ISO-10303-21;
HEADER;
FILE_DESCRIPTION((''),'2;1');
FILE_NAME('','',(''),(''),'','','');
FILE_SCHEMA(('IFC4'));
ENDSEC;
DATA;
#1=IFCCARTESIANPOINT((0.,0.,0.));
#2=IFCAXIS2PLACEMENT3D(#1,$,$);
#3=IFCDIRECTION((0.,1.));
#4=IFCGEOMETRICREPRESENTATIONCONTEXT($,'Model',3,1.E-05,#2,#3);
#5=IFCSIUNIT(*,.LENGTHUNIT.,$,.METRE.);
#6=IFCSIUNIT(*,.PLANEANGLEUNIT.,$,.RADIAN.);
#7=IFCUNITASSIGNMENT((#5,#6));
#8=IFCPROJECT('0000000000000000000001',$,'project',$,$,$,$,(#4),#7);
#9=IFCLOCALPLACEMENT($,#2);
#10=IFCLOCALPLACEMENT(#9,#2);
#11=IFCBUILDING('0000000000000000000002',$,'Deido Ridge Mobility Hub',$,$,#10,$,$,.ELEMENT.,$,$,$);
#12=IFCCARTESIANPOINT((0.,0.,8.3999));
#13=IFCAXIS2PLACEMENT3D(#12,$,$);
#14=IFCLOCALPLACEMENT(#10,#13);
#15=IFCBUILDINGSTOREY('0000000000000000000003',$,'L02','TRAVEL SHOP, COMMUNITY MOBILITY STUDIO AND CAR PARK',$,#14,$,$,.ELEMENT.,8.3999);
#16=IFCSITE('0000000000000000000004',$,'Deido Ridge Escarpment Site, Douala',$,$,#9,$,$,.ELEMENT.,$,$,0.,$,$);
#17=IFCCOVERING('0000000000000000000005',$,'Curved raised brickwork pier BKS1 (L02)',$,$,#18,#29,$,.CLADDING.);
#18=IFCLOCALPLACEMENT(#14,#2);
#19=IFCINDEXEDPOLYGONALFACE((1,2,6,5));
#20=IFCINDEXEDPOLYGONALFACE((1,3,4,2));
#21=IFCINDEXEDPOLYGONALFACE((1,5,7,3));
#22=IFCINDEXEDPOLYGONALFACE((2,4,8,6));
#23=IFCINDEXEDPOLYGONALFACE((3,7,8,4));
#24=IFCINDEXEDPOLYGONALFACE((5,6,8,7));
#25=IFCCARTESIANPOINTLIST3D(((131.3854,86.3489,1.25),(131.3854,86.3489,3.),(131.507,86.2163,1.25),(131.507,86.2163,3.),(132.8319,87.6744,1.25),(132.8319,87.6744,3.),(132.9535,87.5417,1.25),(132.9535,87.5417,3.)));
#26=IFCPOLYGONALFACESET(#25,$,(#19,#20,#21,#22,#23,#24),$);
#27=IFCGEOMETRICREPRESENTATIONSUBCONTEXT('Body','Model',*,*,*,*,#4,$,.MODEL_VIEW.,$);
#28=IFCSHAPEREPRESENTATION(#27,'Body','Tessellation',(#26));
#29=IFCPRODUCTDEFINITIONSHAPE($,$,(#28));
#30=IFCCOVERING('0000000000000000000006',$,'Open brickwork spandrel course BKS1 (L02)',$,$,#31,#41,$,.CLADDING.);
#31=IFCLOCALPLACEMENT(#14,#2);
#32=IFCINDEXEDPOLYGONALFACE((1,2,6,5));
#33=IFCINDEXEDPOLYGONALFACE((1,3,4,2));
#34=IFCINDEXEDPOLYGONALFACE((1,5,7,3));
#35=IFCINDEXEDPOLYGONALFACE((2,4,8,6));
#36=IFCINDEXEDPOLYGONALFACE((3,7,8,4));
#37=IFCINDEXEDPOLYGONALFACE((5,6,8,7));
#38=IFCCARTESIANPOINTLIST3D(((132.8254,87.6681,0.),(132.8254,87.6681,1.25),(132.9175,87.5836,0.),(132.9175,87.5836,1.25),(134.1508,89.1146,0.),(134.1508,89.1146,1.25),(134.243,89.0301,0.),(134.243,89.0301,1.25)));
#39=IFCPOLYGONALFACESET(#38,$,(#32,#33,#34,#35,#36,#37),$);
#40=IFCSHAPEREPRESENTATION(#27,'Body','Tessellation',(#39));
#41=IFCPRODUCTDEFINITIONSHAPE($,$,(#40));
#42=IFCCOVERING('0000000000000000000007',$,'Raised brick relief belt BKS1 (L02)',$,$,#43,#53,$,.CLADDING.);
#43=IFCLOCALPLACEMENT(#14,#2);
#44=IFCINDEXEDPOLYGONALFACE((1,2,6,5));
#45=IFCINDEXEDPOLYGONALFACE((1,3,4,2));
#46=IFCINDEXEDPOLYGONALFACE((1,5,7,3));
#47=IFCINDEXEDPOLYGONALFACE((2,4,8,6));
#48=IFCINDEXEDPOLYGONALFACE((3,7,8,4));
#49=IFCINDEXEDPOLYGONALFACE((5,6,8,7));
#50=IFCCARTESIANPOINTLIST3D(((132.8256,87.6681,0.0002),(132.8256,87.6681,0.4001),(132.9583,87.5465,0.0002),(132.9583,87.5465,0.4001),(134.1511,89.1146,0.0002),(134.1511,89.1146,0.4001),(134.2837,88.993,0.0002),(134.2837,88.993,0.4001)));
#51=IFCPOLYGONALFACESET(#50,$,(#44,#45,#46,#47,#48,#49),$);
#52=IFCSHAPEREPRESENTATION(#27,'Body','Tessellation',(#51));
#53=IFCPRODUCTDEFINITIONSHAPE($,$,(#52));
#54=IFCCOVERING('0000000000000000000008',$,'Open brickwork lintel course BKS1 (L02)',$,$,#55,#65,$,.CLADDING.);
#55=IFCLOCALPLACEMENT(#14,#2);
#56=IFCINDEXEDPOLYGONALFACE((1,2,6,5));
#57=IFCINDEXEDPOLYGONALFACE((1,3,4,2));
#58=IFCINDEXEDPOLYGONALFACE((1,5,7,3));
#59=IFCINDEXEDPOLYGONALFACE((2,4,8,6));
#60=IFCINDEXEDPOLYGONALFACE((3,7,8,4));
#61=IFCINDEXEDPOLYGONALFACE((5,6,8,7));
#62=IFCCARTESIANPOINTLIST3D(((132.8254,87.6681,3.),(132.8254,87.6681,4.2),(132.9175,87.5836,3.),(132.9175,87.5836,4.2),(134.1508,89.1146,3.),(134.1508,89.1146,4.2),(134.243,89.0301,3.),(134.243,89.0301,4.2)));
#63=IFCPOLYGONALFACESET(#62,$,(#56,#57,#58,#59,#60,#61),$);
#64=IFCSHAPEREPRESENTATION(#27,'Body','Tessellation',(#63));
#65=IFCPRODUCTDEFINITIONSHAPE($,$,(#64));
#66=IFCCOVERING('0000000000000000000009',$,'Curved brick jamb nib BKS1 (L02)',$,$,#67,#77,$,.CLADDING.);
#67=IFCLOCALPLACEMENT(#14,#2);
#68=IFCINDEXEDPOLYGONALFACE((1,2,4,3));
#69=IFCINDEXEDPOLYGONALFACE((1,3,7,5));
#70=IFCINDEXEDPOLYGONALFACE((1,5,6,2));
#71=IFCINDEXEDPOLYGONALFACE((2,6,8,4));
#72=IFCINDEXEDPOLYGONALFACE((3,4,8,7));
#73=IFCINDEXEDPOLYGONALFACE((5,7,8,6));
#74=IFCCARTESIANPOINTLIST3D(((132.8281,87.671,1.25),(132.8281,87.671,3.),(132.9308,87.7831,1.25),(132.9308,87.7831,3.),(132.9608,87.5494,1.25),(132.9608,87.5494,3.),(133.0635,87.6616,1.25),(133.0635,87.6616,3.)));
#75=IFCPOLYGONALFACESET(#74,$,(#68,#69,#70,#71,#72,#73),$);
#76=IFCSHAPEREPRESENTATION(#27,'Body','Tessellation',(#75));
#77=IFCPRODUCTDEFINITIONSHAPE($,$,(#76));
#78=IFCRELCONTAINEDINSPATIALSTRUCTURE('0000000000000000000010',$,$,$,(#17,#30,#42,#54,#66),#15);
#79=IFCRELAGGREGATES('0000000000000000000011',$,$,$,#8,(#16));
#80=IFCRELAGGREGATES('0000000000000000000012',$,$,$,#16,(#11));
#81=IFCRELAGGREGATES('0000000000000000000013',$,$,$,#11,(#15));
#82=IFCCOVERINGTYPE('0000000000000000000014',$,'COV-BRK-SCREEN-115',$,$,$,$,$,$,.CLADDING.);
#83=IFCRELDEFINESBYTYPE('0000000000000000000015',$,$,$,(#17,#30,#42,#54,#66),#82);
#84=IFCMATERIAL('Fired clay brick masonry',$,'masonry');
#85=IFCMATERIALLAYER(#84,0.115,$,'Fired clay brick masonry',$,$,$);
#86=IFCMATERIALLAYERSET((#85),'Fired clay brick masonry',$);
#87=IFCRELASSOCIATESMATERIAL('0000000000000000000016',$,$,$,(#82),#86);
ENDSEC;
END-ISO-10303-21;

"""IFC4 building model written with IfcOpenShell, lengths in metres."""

from ifc_helpers import new_model, si_unit, direction, frame, origin, origin_2d, place, context, subcontext, project, spatial, rectangle, extrude, material, layer, layer_set, type_object, element, save


model = new_model("IFC4")

# Units and contexts
model_context = context("Model", 3, precision=1e-05, world=origin(), true_north=direction((0.0, 1.0)))
body_context = subcontext(model_context, "Body", "Model", "MODEL_VIEW")
ifc_project = project(units=[si_unit("LENGTHUNIT", "METRE"), si_unit("PLANEANGLEUNIT", "RADIAN")], contexts=[model_context])

# Site, building, storey
site_placement = place(None, origin())
site = spatial("IfcSite", under=ifc_project, at=site_placement, Name="Deido Ridge Escarpment Site, Douala", CompositionType="ELEMENT", RefElevation=0.0)
building_placement = place(site_placement, origin())
building = spatial("IfcBuilding", under=site, at=building_placement, Name="Deido Ridge Mobility Hub", CompositionType="ELEMENT")
storey_placement = place(building_placement, frame((0.0, 0.0, 8.3999)))
storey = spatial("IfcBuildingStorey", under=building, at=storey_placement, Name="L02", Description="TRAVEL SHOP, COMMUNITY MOBILITY STUDIO AND CAR PARK", CompositionType="ELEMENT", Elevation=8.3999)

# Coverings
ifc_material_1 = material(Name="Fired clay brick masonry", Category="masonry")
ifc_layer = layer(ifc_material_1, 0.115, Name="Fired clay brick masonry")
ifc_layer_set = layer_set([ifc_layer], Name="Fired clay brick masonry")
covering_type = type_object("IfcCoveringType", Name="COV-BRK-SCREEN-115", PredefinedType="CLADDING", material=ifc_layer_set)
covering_1_placement = place(storey_placement, frame((132.1694, 86.9453, 1.25), z_axis=(0.0, 0.0, 1.0), x_axis=(0.737289, 0.675577, 0.0)))
element("IfcCovering", 1, at=covering_1_placement, inside=storey, type_object=covering_type, Name="Curved raised brickwork pier BKS1 (L02)", PredefinedType="CLADDING", context=body_context, shape_type="SweptSolid", body=[
    extrude(rectangle(XDim=1.9619, YDim=0.1799, at=origin_2d()), origin(), (0.0, 0.0, 1.0), 1.75),
])
covering_2_placement = place(storey_placement, frame((133.5342, 88.3491, 0.0), z_axis=(0.0, 0.0, 1.0), x_axis=(0.675577, 0.737289, 0.0)))
element("IfcCovering", 2, at=covering_2_placement, inside=storey, type_object=covering_type, Name="Open brickwork spandrel course BKS1 (L02)", PredefinedType="CLADDING", context=body_context, shape_type="SweptSolid", body=[
    extrude(rectangle(XDim=1.9619, YDim=0.125, at=origin_2d()), origin(), (0.0, 0.0, 1.0), 1.25),
])
covering_3_placement = place(storey_placement, frame((133.5547, 88.3306, 0.0002), z_axis=(0.0, 0.0, 1.0), x_axis=(0.675577, 0.737289, 0.0)))
element("IfcCovering", 3, at=covering_3_placement, inside=storey, type_object=covering_type, Name="Raised brick relief belt BKS1 (L02)", PredefinedType="CLADDING", context=body_context, shape_type="SweptSolid", body=[
    extrude(rectangle(XDim=1.9619, YDim=0.1799, at=origin_2d()), origin(), (0.0, 0.0, 1.0), 0.3999),
])
covering_4_placement = place(storey_placement, frame((133.5342, 88.3491, 3.0), z_axis=(0.0, 0.0, 1.0), x_axis=(0.675577, 0.737289, 0.0)))
element("IfcCovering", 4, at=covering_4_placement, inside=storey, type_object=covering_type, Name="Open brickwork lintel course BKS1 (L02)", PredefinedType="CLADDING", context=body_context, shape_type="SweptSolid", body=[
    extrude(rectangle(XDim=1.9619, YDim=0.125, at=origin_2d()), origin(), (0.0, 0.0, 1.0), 1.2),
])
covering_5_placement = place(storey_placement, frame((132.9458, 87.6663, 1.25), z_axis=(0.0, 0.0, 1.0), x_axis=(0.675577, 0.737289, 0.0)))
element("IfcCovering", 5, at=covering_5_placement, inside=storey, type_object=covering_type, Name="Curved brick jamb nib BKS1 (L02)", PredefinedType="CLADDING", context=body_context, shape_type="SweptSolid", body=[
    extrude(rectangle(XDim=0.1521, YDim=0.1799, at=origin_2d()), origin(), (0.0, 0.0, 1.0), 1.75),
])

save(model, "model.ifc")
